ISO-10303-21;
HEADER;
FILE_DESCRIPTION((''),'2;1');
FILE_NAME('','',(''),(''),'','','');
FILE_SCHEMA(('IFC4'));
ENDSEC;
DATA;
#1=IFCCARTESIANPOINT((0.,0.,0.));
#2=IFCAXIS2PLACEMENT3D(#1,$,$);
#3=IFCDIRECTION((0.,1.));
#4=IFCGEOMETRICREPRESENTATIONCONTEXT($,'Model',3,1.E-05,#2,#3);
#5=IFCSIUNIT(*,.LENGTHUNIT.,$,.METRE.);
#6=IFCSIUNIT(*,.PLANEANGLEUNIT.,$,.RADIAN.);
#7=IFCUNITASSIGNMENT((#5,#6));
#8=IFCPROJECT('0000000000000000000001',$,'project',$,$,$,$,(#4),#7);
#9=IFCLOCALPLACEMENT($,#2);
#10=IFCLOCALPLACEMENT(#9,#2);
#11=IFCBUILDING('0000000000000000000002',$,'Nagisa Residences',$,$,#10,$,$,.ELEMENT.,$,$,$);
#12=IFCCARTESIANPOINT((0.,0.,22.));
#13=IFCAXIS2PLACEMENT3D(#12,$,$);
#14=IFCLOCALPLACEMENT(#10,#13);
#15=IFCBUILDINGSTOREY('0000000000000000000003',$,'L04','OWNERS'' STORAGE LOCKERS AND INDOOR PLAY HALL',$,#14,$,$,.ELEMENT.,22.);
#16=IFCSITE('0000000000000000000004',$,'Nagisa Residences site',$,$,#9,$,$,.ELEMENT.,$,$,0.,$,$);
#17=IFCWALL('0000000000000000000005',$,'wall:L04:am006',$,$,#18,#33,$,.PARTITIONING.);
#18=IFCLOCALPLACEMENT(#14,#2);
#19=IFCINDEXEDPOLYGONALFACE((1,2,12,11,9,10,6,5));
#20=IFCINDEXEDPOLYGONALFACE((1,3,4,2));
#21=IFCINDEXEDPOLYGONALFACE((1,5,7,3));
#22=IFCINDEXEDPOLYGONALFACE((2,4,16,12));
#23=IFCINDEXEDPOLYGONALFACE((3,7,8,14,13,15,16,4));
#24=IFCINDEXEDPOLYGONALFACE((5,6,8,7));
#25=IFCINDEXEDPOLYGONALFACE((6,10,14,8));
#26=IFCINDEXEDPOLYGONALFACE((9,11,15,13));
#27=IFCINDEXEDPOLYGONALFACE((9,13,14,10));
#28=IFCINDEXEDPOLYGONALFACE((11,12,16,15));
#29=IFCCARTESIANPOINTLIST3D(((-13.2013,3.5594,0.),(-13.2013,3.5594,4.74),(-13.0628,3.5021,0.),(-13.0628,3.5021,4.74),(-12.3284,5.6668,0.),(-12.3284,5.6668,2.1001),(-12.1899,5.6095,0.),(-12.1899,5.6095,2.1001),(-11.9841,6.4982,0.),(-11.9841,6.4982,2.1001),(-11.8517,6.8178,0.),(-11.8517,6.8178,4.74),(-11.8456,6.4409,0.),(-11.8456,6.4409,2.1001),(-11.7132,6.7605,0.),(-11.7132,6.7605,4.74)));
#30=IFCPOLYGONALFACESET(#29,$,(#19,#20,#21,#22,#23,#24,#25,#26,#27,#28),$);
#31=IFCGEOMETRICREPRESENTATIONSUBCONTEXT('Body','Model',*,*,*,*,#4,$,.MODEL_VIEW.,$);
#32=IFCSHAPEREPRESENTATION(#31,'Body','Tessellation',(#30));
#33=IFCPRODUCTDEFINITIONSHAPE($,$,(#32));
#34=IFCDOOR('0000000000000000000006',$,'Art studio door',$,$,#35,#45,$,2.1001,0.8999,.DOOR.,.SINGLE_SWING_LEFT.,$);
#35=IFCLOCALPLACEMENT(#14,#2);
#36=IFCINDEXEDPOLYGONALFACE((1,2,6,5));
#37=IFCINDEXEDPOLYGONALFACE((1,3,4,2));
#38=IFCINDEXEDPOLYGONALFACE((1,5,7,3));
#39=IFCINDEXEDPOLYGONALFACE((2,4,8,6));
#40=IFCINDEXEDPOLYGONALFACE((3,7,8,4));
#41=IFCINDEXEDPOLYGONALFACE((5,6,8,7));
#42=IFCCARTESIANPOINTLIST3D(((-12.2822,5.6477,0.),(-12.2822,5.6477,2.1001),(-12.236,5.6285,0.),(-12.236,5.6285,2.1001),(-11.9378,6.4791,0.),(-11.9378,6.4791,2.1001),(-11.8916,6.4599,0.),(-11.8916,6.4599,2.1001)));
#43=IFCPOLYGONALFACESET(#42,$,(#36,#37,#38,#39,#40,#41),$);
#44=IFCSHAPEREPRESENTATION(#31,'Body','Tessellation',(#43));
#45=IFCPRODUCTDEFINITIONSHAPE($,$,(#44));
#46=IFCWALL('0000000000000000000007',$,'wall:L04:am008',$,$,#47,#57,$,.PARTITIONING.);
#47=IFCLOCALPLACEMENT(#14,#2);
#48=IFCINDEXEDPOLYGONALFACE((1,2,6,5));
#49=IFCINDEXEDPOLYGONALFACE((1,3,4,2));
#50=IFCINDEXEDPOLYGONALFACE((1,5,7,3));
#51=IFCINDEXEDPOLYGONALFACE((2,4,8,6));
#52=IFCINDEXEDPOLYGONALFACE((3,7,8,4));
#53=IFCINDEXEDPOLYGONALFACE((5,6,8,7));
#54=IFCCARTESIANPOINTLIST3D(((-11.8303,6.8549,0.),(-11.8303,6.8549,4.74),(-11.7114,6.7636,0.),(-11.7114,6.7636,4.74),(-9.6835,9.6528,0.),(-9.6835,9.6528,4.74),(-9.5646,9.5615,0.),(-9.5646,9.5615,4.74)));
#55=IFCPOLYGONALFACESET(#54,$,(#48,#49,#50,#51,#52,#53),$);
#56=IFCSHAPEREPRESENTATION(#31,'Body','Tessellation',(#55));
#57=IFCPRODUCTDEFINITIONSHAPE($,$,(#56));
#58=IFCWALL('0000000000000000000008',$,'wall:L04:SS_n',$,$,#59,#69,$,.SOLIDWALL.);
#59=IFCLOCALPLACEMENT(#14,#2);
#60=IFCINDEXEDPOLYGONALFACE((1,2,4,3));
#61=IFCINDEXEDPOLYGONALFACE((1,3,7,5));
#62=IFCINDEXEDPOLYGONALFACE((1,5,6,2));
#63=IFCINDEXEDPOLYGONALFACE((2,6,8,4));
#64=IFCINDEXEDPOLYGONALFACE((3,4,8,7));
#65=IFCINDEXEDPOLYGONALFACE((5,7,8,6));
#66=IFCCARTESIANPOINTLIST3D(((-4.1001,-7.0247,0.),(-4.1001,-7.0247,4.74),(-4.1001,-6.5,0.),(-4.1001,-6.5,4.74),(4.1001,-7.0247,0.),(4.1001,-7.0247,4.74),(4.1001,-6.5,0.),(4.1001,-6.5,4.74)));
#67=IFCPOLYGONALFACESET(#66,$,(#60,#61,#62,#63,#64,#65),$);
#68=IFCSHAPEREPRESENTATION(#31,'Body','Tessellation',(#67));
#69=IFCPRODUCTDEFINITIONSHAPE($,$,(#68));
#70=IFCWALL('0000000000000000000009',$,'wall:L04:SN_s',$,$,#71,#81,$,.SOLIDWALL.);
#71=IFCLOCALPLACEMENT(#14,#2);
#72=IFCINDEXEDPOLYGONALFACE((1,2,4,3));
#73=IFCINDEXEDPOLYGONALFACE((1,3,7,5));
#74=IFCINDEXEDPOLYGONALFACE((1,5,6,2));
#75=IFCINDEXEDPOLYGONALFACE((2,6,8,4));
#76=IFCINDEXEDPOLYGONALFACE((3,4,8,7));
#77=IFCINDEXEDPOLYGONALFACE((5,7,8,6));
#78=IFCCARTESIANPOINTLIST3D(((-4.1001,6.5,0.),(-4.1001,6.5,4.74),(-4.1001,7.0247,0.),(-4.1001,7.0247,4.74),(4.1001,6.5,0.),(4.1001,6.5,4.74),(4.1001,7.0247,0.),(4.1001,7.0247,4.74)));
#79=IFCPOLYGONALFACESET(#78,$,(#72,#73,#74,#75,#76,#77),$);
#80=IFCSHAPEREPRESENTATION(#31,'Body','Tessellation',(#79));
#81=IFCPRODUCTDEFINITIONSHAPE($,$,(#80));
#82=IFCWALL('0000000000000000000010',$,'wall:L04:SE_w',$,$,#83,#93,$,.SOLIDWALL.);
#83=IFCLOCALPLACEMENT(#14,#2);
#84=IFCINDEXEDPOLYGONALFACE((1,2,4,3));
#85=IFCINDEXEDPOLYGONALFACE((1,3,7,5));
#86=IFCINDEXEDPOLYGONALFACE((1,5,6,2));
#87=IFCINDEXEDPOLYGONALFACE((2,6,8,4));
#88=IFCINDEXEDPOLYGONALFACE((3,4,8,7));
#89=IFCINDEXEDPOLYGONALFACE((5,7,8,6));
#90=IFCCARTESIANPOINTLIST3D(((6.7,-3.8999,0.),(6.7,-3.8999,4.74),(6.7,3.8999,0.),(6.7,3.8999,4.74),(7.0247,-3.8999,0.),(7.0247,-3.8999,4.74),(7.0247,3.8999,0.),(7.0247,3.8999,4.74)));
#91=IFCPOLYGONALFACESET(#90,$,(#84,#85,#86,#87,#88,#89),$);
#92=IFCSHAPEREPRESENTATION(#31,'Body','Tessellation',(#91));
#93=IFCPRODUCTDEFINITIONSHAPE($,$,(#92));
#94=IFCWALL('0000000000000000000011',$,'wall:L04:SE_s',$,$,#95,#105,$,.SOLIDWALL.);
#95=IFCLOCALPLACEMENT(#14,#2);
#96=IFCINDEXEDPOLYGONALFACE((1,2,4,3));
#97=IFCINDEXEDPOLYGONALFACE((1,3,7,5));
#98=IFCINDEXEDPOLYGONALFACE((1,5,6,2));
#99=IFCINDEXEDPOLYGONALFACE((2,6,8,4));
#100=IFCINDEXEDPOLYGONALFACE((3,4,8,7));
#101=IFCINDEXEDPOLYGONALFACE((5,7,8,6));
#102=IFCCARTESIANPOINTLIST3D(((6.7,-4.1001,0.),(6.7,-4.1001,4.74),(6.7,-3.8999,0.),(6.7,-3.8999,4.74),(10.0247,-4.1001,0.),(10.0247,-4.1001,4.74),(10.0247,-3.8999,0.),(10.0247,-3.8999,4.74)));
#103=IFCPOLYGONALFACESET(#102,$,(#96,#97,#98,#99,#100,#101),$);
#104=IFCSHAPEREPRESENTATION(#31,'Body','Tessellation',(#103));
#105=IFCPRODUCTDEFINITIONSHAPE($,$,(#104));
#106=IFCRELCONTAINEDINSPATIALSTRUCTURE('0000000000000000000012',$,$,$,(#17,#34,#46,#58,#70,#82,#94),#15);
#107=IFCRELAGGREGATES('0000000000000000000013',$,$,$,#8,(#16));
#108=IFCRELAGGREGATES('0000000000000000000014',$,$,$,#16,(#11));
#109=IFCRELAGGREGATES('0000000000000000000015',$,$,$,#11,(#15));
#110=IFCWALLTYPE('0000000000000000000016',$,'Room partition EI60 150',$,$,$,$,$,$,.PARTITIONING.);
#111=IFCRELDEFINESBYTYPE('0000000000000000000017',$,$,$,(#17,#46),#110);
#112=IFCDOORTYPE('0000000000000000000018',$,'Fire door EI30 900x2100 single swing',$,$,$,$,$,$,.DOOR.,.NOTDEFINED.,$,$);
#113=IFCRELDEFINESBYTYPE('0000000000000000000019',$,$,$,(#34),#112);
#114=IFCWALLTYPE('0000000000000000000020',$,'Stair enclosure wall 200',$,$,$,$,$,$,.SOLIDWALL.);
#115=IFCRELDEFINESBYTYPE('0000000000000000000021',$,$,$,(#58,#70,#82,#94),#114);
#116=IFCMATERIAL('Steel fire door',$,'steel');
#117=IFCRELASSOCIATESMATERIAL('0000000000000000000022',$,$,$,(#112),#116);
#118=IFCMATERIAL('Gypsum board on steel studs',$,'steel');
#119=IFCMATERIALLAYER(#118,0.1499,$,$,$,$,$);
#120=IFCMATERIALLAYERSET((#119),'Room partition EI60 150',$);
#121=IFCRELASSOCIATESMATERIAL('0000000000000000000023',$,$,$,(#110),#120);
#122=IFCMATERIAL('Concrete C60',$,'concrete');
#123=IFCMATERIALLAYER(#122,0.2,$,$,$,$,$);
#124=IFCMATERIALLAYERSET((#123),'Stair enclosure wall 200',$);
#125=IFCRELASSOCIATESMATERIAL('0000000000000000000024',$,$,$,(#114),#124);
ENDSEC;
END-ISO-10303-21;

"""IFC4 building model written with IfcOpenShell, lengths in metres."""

from ifc_helpers import new_model, si_unit, direction, frame, frame_2d, origin, place, context, subcontext, project, spatial, polyline, rectangle, outline, extrude, material, layer, layer_set, type_object, element, fill, save


model = new_model("IFC4")

# Units and contexts
model_context = context("Model", 3, precision=1e-05, world=origin(), true_north=direction((0.0, 1.0)))
body_context = subcontext(model_context, "Body", "Model", "MODEL_VIEW")
ifc_project = project(units=[si_unit("LENGTHUNIT", "METRE"), si_unit("PLANEANGLEUNIT", "RADIAN")], contexts=[model_context])

# Site, building, storey
site_placement = place(None, origin())
site = spatial("IfcSite", under=ifc_project, at=site_placement, Name="Nagisa Residences site", CompositionType="ELEMENT", RefElevation=0.0)
building_placement = place(site_placement, origin())
building = spatial("IfcBuilding", under=site, at=building_placement, Name="Nagisa Residences", CompositionType="ELEMENT")
storey_placement = place(building_placement, frame((0.0, 0.0, 22.0)))
storey = spatial("IfcBuildingStorey", under=building, at=storey_placement, Name="L04", Description="OWNERS' STORAGE LOCKERS AND INDOOR PLAY HALL", CompositionType="ELEMENT", Elevation=22.0)

# Shared definitions
ifc_material_1 = material(Name="Steel fire door", Category="steel")
door_type_1 = type_object("IfcDoorType", Name="Fire door EI30 900x2100 single swing", OperationType="NOTDEFINED", PredefinedType="DOOR", material=ifc_material_1)

# Shared definitions
ifc_material_2 = material(Name="Gypsum board on steel studs", Category="steel")
ifc_layer_1 = layer(ifc_material_2, 0.1499)
ifc_layer_set_1 = layer_set([ifc_layer_1], Name="Room partition EI60 150")
wall_type_1 = type_object("IfcWallType", Name="Room partition EI60 150", PredefinedType="PARTITIONING", material=ifc_layer_set_1)

# Wall, opening, door
wall_1_placement = place(storey_placement, frame((-13.1321, 3.5308, 0.0), z_axis=(0.0, 0.0, 1.0), x_axis=(0.382678, 0.923882, 0.0)))
wall_1 = element("IfcWall", 1, at=wall_1_placement, inside=storey, type_object=wall_type_1, Name="wall:L04:am006", PredefinedType="PARTITIONING", context=body_context, shape_type="SweptSolid", body=[
    extrude(rectangle(XDim=3.5269, YDim=0.1499, at=frame_2d((1.7634, 0.0))), origin(), (0.0, 0.0, 1.0), 4.74),
])
opening_1_placement = place(wall_1_placement, frame((2.281, 0.0, 0.0)))
opening_1 = element("IfcOpeningElement", 2, at=opening_1_placement, cuts=wall_1, PredefinedType="OPENING", context=body_context, shape_type="SweptSolid", body=[
    extrude(rectangle(XDim=0.8999, YDim=2.1001, at=frame_2d((0.45, 1.05))), frame((0.0, 0.085, 0.0), z_axis=(0.0, -1.0, 0.0), x_axis=(1.0, 0.0, 0.0)), (0.0, 0.0, 1.0), 0.1699),
])
door_1_placement = place(opening_1_placement, origin())
door_1 = element("IfcDoor", 3, at=door_1_placement, inside=storey, type_object=door_type_1, Name="Art studio door", OperationType="SINGLE_SWING_LEFT", OverallHeight=2.1001, OverallWidth=0.8999, PredefinedType="DOOR", context=body_context, shape_type="SweptSolid", body=[
    extrude(rectangle(XDim=0.8999, YDim=2.1001, at=frame_2d((0.45, 1.05))), frame((0.0, 0.0249, 0.0), z_axis=(0.0, -1.0, 0.0), x_axis=(1.0, 0.0, 0.0)), (0.0, 0.0, 1.0), 0.05),
])
fill(opening_1, door_1)

# Walls
wall_2_placement = place(storey_placement, frame((-11.7708, 6.8093, 0.0), z_axis=(0.0, 0.0, 1.0), x_axis=(0.608737, 0.793372, 0.0)))
element("IfcWall", 4, at=wall_2_placement, inside=storey, type_object=wall_type_1, Name="wall:L04:am008", PredefinedType="PARTITIONING", context=body_context, shape_type="SweptSolid", body=[
    extrude(rectangle(XDim=3.5266, YDim=0.1499, at=frame_2d((1.7632, 0.0))), origin(), (0.0, 0.0, 1.0), 4.74),
])
ifc_material_3 = material(Name="Concrete C60", Category="concrete")
ifc_layer_2 = layer(ifc_material_3, 0.2)
ifc_layer_set_2 = layer_set([ifc_layer_2], Name="Stair enclosure wall 200")
wall_type_2 = type_object("IfcWallType", Name="Stair enclosure wall 200", PredefinedType="SOLIDWALL", material=ifc_layer_set_2)
wall_3_placement = place(storey_placement, origin())
element("IfcWall", 5, at=wall_3_placement, inside=storey, type_object=wall_type_2, Name="wall:L04:SS_n", PredefinedType="SOLIDWALL", context=body_context, shape_type="SweptSolid", body=[
    extrude(outline(polyline([(4.1001, -7.0247), (-4.1001, -7.0247), (-4.1001, -6.5), (4.1001, -6.5), (4.1001, -7.0247)])), origin(), (0.0, 0.0, 1.0), 4.74),
])
wall_4_placement = place(storey_placement, origin())
element("IfcWall", 6, at=wall_4_placement, inside=storey, type_object=wall_type_2, Name="wall:L04:SN_s", PredefinedType="SOLIDWALL", context=body_context, shape_type="SweptSolid", body=[
    extrude(outline(polyline([(4.1001, 6.5), (-4.1001, 6.5), (-4.1001, 7.0247), (4.1001, 7.0247), (4.1001, 6.5)])), origin(), (0.0, 0.0, 1.0), 4.74),
])
wall_5_placement = place(storey_placement, origin())
element("IfcWall", 7, at=wall_5_placement, inside=storey, type_object=wall_type_2, Name="wall:L04:SE_w", PredefinedType="SOLIDWALL", context=body_context, shape_type="SweptSolid", body=[
    extrude(outline(polyline([(7.0247, -3.8999), (6.7, -3.8999), (6.7, 3.8999), (7.0247, 3.8999), (7.0247, -3.8999)])), origin(), (0.0, 0.0, 1.0), 4.74),
])
wall_6_placement = place(storey_placement, origin())
element("IfcWall", 8, at=wall_6_placement, inside=storey, type_object=wall_type_2, Name="wall:L04:SE_s", PredefinedType="SOLIDWALL", context=body_context, shape_type="SweptSolid", body=[
    extrude(outline(polyline([(10.0247, -4.1001), (6.7, -4.1001), (6.7, -3.8999), (10.0247, -3.8999), (10.0247, -4.1001)])), origin(), (0.0, 0.0, 1.0), 4.74),
])

save(model, "model.ifc")
